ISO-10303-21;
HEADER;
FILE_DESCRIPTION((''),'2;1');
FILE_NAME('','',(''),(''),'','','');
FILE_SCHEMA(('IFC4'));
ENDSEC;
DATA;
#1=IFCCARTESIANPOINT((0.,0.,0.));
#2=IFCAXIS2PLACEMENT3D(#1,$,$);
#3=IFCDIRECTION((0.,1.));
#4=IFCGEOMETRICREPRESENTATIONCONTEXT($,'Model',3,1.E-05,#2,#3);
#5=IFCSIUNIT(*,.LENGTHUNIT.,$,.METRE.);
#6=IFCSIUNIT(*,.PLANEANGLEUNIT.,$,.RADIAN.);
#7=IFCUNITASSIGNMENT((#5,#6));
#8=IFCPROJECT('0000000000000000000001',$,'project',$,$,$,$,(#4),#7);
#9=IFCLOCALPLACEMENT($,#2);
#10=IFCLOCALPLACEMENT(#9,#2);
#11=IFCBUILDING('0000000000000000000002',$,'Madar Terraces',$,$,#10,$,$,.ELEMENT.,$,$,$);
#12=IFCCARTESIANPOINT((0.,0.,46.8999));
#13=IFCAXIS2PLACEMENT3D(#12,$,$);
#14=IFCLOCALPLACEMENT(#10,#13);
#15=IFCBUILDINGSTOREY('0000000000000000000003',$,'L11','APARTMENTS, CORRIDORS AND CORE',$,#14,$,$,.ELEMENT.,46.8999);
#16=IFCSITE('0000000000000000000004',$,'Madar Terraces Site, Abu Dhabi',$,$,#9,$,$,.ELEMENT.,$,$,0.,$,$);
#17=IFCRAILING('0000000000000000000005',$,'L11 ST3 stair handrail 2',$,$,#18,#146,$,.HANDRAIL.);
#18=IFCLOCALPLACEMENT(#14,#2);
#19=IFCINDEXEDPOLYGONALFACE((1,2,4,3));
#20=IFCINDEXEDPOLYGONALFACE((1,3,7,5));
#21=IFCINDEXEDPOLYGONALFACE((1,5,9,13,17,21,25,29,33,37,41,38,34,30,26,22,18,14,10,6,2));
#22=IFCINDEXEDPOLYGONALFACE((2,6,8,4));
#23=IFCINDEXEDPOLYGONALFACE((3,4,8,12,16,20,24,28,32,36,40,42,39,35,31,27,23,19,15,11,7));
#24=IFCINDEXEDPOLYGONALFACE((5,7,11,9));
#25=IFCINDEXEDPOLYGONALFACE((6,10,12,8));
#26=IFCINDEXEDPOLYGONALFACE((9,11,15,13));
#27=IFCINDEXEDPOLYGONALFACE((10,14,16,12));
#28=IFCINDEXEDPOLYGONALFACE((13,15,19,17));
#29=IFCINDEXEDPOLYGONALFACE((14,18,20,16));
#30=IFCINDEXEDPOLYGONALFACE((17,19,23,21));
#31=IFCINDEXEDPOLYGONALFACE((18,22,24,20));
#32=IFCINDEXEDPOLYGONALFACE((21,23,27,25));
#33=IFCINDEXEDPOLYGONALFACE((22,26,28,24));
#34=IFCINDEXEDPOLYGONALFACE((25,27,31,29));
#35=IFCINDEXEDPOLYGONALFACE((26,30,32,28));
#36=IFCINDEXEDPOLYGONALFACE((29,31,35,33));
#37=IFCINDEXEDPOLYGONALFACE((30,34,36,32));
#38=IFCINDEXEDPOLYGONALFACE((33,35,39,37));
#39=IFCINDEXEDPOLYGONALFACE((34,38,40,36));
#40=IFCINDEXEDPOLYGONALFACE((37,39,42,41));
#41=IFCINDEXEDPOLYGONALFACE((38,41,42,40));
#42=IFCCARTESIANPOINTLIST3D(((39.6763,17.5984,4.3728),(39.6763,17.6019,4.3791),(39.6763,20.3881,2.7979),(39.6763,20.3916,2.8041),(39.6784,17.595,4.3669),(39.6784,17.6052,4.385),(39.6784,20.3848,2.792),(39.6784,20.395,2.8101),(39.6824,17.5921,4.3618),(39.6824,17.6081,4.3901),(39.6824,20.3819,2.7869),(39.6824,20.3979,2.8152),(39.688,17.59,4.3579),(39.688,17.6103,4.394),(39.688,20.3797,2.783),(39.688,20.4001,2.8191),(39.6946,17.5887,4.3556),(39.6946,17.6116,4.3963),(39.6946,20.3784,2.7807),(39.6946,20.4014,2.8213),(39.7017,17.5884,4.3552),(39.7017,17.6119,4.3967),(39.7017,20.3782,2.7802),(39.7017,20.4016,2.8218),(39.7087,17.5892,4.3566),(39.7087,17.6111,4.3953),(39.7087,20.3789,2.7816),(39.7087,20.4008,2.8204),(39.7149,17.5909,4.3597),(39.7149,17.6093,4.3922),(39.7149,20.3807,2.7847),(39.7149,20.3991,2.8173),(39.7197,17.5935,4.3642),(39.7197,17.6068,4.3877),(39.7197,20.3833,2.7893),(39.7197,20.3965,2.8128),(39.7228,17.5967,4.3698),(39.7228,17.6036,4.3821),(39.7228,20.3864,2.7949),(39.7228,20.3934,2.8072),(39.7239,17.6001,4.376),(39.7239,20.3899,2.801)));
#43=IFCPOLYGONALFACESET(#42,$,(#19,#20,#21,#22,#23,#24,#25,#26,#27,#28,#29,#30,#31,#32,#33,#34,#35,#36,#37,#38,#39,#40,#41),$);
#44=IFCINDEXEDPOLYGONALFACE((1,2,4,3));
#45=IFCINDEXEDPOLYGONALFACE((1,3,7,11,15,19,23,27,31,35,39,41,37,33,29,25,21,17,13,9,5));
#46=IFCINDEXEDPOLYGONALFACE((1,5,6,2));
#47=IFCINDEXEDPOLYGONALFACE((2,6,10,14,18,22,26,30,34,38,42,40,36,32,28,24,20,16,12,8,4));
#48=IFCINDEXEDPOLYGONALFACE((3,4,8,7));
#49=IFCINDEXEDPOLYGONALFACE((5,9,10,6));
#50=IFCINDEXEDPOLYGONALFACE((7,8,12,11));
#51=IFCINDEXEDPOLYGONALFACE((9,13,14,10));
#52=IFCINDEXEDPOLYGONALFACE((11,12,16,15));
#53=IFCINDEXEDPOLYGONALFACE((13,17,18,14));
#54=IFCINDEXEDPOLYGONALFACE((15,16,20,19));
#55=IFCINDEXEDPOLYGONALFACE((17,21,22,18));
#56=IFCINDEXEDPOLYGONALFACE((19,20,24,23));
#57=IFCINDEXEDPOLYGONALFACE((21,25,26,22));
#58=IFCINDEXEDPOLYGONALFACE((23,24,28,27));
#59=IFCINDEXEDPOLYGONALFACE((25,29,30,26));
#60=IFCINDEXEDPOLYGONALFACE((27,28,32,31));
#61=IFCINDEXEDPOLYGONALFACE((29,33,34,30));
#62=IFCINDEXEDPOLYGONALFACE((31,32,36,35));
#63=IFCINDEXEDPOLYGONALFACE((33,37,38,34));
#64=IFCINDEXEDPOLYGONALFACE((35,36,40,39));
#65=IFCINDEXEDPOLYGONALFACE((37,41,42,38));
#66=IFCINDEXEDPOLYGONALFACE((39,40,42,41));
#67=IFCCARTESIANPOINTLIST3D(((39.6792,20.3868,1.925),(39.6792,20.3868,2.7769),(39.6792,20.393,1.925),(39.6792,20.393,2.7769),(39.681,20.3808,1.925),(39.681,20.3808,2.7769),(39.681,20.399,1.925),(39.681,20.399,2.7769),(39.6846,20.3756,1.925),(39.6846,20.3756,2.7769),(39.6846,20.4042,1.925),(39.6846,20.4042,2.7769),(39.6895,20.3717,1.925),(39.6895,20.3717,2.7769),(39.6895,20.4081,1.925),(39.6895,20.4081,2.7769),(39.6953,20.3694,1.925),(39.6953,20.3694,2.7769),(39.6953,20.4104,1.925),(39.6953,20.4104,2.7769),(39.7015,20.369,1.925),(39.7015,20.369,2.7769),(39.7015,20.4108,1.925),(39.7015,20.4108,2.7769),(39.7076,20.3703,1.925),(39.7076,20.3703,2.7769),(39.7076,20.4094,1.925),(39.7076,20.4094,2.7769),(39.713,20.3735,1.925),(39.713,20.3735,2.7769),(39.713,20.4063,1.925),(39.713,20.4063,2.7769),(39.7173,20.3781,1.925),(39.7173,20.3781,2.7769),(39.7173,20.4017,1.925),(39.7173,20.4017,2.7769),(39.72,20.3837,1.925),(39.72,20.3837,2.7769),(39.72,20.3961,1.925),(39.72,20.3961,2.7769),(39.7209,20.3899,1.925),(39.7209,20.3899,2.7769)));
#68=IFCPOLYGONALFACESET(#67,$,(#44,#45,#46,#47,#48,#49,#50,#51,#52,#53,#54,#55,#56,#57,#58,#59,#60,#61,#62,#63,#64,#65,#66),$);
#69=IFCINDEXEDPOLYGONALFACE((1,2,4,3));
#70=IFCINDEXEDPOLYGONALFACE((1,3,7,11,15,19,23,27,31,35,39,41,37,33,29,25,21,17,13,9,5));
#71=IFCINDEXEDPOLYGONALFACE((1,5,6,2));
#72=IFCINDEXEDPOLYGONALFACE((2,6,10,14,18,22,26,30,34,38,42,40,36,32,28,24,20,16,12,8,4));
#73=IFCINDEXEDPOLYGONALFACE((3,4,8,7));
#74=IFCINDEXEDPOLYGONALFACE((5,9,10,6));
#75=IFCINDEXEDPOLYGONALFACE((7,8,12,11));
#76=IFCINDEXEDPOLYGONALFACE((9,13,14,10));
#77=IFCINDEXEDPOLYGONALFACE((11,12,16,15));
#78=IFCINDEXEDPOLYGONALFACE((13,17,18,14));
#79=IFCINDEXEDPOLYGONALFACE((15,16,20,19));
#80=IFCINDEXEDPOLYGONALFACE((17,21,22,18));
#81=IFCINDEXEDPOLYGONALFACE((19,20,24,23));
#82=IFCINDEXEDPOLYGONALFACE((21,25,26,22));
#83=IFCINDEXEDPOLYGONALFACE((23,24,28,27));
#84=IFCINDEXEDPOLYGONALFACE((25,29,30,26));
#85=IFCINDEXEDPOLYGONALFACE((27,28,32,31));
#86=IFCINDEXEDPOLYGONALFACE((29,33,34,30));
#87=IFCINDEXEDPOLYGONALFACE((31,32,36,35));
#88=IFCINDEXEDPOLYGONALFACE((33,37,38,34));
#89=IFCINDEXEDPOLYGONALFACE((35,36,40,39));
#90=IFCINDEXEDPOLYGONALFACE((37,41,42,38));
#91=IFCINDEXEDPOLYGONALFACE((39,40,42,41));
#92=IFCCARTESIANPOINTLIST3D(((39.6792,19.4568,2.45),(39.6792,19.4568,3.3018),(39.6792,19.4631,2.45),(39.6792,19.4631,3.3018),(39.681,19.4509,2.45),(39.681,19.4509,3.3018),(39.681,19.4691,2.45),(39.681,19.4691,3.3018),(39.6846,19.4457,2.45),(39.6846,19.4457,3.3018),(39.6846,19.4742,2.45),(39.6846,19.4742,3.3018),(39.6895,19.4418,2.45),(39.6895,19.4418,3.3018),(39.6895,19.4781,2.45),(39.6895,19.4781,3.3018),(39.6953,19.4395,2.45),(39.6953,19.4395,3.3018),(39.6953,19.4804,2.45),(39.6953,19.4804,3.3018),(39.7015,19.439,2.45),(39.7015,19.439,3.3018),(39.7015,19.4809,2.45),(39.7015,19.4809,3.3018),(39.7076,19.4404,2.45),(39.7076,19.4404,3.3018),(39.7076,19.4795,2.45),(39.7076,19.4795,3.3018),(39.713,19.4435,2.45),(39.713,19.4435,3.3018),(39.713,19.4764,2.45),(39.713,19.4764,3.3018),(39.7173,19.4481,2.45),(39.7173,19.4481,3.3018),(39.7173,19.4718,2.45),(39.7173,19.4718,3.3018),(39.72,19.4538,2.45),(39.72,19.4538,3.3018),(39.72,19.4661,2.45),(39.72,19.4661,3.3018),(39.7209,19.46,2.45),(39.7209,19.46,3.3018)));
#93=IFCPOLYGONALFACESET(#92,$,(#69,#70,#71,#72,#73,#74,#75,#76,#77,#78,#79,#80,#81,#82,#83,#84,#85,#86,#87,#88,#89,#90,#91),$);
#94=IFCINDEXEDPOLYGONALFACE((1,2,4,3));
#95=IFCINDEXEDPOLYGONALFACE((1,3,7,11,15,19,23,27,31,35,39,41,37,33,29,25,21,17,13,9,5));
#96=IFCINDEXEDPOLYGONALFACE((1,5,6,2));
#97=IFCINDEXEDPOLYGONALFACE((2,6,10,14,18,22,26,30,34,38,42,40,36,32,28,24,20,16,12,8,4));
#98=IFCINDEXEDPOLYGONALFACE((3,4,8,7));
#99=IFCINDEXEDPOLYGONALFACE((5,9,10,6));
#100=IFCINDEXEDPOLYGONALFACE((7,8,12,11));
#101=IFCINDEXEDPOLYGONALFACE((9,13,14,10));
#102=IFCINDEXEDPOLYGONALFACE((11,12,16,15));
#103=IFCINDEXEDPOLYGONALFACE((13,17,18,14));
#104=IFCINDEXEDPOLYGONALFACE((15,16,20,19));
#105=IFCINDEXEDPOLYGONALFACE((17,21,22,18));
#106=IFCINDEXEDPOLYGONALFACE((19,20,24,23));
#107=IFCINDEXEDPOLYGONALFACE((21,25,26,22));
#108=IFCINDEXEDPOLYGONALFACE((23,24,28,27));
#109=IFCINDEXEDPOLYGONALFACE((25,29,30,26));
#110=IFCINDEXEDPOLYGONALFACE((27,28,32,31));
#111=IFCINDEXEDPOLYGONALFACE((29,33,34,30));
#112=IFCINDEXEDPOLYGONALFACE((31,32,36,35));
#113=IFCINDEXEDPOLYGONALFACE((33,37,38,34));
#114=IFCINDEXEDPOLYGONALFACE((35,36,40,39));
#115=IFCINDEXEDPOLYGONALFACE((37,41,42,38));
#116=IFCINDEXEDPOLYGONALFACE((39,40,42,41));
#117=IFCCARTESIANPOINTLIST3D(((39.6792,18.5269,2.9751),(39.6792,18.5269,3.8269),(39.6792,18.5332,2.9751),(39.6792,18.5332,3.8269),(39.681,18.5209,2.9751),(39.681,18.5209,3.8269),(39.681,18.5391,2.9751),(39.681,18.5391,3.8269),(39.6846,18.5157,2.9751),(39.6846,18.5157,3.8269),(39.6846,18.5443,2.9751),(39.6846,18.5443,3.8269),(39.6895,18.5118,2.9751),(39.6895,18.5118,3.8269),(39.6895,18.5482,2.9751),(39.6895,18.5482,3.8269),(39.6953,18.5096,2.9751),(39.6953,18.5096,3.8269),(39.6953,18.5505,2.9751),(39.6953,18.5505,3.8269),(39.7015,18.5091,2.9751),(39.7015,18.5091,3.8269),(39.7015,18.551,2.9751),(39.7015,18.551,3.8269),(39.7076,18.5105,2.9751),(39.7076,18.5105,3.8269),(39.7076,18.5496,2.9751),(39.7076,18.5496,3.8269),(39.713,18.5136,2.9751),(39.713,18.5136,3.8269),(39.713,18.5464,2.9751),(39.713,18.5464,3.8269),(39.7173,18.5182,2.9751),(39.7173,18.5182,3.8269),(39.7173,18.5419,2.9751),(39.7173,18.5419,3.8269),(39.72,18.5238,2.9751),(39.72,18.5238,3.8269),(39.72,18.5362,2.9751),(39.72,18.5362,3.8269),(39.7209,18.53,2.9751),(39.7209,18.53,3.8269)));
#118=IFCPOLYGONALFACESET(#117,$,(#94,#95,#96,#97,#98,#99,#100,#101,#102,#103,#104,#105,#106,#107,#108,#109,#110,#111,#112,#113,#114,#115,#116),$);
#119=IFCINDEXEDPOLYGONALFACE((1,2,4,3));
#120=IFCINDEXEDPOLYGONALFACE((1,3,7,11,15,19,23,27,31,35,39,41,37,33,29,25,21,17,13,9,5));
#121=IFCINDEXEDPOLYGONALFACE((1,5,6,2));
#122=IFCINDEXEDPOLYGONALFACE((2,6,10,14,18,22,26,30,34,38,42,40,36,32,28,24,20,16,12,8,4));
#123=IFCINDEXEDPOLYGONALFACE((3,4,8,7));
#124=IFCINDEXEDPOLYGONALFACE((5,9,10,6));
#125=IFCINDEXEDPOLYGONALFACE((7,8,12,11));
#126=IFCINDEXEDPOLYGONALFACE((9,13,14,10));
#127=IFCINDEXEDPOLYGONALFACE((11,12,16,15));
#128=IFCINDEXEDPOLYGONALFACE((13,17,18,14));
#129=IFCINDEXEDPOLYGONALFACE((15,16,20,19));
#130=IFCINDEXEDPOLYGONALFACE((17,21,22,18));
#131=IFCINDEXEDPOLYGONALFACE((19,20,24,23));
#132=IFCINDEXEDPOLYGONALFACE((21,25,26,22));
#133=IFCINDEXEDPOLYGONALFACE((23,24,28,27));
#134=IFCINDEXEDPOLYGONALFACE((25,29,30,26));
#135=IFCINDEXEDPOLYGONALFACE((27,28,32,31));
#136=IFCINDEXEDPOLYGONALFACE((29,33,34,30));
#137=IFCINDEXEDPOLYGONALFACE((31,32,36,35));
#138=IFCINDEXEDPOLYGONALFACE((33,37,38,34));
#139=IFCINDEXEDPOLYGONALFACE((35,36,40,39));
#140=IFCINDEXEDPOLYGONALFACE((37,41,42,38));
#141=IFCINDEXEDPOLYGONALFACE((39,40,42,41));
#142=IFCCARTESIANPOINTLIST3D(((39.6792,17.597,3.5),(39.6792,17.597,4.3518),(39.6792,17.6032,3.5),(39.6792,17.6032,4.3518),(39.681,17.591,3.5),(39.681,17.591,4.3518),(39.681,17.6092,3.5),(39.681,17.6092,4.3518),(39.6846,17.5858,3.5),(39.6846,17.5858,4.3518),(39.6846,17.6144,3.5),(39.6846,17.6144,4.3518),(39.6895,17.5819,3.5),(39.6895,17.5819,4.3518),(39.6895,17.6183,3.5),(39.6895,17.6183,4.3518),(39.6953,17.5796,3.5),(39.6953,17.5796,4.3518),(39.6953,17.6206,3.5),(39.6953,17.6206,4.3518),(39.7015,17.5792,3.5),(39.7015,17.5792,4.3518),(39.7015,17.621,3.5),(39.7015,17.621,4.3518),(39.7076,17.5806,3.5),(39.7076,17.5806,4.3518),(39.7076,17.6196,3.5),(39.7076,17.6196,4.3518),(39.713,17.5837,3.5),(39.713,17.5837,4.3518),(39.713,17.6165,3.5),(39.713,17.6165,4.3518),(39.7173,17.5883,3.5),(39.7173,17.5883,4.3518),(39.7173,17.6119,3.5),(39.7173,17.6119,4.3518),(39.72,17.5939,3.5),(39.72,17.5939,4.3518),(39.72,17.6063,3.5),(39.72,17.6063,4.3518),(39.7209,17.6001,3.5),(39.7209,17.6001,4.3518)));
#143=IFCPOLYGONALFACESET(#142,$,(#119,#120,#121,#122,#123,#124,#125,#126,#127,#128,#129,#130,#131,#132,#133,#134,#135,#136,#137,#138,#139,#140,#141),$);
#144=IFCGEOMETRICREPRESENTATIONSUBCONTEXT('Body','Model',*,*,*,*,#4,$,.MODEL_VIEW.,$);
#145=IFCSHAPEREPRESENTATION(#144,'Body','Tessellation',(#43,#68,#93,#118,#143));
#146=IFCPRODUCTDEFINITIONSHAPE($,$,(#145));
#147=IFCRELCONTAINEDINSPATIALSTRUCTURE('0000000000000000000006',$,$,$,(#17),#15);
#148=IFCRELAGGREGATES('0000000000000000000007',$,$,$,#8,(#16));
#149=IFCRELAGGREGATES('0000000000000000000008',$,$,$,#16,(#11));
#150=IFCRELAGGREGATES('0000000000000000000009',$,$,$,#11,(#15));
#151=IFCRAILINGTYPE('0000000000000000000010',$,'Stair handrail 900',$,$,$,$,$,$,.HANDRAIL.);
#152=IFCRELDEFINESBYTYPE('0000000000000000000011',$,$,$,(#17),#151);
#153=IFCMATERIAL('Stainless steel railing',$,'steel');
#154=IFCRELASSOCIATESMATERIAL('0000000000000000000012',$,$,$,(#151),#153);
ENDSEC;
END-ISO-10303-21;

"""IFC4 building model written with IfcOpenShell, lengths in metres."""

from ifc_helpers import new_model, si_unit, direction, frame, origin, origin_2d, place, context, subcontext, project, spatial, circle, extrude, material, type_object, element, save


model = new_model("IFC4")

# Units and contexts
model_context = context("Model", 3, precision=1e-05, world=origin(), true_north=direction((0.0, 1.0)))
body_context = subcontext(model_context, "Body", "Model", "MODEL_VIEW")
ifc_project = project(units=[si_unit("LENGTHUNIT", "METRE"), si_unit("PLANEANGLEUNIT", "RADIAN")], contexts=[model_context])

# Site, building, storey
site_placement = place(None, origin())
site = spatial("IfcSite", under=ifc_project, at=site_placement, Name="Madar Terraces Site, Abu Dhabi", CompositionType="ELEMENT", RefElevation=0.0)
building_placement = place(site_placement, origin())
building = spatial("IfcBuilding", under=site, at=building_placement, Name="Madar Terraces", CompositionType="ELEMENT")
storey_placement = place(building_placement, frame((0.0, 0.0, 46.8999)))
storey = spatial("IfcBuildingStorey", under=building, at=storey_placement, Name="L11", Description="APARTMENTS, CORRIDORS AND CORE", CompositionType="ELEMENT", Elevation=46.8999)

# Railing
ifc_material_1 = material(Name="Stainless steel railing", Category="steel")
railing_type_1 = type_object("IfcRailingType", Name="Stair handrail 900", PredefinedType="HANDRAIL", material=ifc_material_1)
railing_1_placement = place(storey_placement, frame((39.7, 20.3899, 1.925)))
element("IfcRailing", 1, at=railing_1_placement, inside=storey, type_object=railing_type_1, Name="L11 ST3 stair handrail 2", PredefinedType="HANDRAIL", context=body_context, shape_type="SweptSolid", body=[
    extrude(circle(Radius=0.0239, at=origin_2d()), frame((0.0, 0.0, 0.876), z_axis=(0.0, -0.870815, 0.49161), x_axis=(1.0, 0.0, 0.0)), (0.0, 0.0, 1.0), 3.2036),
    extrude(circle(Radius=0.021, at=origin_2d()), origin(), (0.0, 0.0, 1.0), 0.8518),
    extrude(circle(Radius=0.021, at=origin_2d()), frame((0.0, -0.9299, 0.5249)), (0.0, 0.0, 1.0), 0.8518),
    extrude(circle(Radius=0.021, at=origin_2d()), frame((0.0, -1.8599, 1.05)), (0.0, 0.0, 1.0), 0.8518),
    extrude(circle(Radius=0.021, at=origin_2d()), frame((0.0, -2.7898, 1.575)), (0.0, 0.0, 1.0), 0.8518),
])

save(model, "model.ifc")
